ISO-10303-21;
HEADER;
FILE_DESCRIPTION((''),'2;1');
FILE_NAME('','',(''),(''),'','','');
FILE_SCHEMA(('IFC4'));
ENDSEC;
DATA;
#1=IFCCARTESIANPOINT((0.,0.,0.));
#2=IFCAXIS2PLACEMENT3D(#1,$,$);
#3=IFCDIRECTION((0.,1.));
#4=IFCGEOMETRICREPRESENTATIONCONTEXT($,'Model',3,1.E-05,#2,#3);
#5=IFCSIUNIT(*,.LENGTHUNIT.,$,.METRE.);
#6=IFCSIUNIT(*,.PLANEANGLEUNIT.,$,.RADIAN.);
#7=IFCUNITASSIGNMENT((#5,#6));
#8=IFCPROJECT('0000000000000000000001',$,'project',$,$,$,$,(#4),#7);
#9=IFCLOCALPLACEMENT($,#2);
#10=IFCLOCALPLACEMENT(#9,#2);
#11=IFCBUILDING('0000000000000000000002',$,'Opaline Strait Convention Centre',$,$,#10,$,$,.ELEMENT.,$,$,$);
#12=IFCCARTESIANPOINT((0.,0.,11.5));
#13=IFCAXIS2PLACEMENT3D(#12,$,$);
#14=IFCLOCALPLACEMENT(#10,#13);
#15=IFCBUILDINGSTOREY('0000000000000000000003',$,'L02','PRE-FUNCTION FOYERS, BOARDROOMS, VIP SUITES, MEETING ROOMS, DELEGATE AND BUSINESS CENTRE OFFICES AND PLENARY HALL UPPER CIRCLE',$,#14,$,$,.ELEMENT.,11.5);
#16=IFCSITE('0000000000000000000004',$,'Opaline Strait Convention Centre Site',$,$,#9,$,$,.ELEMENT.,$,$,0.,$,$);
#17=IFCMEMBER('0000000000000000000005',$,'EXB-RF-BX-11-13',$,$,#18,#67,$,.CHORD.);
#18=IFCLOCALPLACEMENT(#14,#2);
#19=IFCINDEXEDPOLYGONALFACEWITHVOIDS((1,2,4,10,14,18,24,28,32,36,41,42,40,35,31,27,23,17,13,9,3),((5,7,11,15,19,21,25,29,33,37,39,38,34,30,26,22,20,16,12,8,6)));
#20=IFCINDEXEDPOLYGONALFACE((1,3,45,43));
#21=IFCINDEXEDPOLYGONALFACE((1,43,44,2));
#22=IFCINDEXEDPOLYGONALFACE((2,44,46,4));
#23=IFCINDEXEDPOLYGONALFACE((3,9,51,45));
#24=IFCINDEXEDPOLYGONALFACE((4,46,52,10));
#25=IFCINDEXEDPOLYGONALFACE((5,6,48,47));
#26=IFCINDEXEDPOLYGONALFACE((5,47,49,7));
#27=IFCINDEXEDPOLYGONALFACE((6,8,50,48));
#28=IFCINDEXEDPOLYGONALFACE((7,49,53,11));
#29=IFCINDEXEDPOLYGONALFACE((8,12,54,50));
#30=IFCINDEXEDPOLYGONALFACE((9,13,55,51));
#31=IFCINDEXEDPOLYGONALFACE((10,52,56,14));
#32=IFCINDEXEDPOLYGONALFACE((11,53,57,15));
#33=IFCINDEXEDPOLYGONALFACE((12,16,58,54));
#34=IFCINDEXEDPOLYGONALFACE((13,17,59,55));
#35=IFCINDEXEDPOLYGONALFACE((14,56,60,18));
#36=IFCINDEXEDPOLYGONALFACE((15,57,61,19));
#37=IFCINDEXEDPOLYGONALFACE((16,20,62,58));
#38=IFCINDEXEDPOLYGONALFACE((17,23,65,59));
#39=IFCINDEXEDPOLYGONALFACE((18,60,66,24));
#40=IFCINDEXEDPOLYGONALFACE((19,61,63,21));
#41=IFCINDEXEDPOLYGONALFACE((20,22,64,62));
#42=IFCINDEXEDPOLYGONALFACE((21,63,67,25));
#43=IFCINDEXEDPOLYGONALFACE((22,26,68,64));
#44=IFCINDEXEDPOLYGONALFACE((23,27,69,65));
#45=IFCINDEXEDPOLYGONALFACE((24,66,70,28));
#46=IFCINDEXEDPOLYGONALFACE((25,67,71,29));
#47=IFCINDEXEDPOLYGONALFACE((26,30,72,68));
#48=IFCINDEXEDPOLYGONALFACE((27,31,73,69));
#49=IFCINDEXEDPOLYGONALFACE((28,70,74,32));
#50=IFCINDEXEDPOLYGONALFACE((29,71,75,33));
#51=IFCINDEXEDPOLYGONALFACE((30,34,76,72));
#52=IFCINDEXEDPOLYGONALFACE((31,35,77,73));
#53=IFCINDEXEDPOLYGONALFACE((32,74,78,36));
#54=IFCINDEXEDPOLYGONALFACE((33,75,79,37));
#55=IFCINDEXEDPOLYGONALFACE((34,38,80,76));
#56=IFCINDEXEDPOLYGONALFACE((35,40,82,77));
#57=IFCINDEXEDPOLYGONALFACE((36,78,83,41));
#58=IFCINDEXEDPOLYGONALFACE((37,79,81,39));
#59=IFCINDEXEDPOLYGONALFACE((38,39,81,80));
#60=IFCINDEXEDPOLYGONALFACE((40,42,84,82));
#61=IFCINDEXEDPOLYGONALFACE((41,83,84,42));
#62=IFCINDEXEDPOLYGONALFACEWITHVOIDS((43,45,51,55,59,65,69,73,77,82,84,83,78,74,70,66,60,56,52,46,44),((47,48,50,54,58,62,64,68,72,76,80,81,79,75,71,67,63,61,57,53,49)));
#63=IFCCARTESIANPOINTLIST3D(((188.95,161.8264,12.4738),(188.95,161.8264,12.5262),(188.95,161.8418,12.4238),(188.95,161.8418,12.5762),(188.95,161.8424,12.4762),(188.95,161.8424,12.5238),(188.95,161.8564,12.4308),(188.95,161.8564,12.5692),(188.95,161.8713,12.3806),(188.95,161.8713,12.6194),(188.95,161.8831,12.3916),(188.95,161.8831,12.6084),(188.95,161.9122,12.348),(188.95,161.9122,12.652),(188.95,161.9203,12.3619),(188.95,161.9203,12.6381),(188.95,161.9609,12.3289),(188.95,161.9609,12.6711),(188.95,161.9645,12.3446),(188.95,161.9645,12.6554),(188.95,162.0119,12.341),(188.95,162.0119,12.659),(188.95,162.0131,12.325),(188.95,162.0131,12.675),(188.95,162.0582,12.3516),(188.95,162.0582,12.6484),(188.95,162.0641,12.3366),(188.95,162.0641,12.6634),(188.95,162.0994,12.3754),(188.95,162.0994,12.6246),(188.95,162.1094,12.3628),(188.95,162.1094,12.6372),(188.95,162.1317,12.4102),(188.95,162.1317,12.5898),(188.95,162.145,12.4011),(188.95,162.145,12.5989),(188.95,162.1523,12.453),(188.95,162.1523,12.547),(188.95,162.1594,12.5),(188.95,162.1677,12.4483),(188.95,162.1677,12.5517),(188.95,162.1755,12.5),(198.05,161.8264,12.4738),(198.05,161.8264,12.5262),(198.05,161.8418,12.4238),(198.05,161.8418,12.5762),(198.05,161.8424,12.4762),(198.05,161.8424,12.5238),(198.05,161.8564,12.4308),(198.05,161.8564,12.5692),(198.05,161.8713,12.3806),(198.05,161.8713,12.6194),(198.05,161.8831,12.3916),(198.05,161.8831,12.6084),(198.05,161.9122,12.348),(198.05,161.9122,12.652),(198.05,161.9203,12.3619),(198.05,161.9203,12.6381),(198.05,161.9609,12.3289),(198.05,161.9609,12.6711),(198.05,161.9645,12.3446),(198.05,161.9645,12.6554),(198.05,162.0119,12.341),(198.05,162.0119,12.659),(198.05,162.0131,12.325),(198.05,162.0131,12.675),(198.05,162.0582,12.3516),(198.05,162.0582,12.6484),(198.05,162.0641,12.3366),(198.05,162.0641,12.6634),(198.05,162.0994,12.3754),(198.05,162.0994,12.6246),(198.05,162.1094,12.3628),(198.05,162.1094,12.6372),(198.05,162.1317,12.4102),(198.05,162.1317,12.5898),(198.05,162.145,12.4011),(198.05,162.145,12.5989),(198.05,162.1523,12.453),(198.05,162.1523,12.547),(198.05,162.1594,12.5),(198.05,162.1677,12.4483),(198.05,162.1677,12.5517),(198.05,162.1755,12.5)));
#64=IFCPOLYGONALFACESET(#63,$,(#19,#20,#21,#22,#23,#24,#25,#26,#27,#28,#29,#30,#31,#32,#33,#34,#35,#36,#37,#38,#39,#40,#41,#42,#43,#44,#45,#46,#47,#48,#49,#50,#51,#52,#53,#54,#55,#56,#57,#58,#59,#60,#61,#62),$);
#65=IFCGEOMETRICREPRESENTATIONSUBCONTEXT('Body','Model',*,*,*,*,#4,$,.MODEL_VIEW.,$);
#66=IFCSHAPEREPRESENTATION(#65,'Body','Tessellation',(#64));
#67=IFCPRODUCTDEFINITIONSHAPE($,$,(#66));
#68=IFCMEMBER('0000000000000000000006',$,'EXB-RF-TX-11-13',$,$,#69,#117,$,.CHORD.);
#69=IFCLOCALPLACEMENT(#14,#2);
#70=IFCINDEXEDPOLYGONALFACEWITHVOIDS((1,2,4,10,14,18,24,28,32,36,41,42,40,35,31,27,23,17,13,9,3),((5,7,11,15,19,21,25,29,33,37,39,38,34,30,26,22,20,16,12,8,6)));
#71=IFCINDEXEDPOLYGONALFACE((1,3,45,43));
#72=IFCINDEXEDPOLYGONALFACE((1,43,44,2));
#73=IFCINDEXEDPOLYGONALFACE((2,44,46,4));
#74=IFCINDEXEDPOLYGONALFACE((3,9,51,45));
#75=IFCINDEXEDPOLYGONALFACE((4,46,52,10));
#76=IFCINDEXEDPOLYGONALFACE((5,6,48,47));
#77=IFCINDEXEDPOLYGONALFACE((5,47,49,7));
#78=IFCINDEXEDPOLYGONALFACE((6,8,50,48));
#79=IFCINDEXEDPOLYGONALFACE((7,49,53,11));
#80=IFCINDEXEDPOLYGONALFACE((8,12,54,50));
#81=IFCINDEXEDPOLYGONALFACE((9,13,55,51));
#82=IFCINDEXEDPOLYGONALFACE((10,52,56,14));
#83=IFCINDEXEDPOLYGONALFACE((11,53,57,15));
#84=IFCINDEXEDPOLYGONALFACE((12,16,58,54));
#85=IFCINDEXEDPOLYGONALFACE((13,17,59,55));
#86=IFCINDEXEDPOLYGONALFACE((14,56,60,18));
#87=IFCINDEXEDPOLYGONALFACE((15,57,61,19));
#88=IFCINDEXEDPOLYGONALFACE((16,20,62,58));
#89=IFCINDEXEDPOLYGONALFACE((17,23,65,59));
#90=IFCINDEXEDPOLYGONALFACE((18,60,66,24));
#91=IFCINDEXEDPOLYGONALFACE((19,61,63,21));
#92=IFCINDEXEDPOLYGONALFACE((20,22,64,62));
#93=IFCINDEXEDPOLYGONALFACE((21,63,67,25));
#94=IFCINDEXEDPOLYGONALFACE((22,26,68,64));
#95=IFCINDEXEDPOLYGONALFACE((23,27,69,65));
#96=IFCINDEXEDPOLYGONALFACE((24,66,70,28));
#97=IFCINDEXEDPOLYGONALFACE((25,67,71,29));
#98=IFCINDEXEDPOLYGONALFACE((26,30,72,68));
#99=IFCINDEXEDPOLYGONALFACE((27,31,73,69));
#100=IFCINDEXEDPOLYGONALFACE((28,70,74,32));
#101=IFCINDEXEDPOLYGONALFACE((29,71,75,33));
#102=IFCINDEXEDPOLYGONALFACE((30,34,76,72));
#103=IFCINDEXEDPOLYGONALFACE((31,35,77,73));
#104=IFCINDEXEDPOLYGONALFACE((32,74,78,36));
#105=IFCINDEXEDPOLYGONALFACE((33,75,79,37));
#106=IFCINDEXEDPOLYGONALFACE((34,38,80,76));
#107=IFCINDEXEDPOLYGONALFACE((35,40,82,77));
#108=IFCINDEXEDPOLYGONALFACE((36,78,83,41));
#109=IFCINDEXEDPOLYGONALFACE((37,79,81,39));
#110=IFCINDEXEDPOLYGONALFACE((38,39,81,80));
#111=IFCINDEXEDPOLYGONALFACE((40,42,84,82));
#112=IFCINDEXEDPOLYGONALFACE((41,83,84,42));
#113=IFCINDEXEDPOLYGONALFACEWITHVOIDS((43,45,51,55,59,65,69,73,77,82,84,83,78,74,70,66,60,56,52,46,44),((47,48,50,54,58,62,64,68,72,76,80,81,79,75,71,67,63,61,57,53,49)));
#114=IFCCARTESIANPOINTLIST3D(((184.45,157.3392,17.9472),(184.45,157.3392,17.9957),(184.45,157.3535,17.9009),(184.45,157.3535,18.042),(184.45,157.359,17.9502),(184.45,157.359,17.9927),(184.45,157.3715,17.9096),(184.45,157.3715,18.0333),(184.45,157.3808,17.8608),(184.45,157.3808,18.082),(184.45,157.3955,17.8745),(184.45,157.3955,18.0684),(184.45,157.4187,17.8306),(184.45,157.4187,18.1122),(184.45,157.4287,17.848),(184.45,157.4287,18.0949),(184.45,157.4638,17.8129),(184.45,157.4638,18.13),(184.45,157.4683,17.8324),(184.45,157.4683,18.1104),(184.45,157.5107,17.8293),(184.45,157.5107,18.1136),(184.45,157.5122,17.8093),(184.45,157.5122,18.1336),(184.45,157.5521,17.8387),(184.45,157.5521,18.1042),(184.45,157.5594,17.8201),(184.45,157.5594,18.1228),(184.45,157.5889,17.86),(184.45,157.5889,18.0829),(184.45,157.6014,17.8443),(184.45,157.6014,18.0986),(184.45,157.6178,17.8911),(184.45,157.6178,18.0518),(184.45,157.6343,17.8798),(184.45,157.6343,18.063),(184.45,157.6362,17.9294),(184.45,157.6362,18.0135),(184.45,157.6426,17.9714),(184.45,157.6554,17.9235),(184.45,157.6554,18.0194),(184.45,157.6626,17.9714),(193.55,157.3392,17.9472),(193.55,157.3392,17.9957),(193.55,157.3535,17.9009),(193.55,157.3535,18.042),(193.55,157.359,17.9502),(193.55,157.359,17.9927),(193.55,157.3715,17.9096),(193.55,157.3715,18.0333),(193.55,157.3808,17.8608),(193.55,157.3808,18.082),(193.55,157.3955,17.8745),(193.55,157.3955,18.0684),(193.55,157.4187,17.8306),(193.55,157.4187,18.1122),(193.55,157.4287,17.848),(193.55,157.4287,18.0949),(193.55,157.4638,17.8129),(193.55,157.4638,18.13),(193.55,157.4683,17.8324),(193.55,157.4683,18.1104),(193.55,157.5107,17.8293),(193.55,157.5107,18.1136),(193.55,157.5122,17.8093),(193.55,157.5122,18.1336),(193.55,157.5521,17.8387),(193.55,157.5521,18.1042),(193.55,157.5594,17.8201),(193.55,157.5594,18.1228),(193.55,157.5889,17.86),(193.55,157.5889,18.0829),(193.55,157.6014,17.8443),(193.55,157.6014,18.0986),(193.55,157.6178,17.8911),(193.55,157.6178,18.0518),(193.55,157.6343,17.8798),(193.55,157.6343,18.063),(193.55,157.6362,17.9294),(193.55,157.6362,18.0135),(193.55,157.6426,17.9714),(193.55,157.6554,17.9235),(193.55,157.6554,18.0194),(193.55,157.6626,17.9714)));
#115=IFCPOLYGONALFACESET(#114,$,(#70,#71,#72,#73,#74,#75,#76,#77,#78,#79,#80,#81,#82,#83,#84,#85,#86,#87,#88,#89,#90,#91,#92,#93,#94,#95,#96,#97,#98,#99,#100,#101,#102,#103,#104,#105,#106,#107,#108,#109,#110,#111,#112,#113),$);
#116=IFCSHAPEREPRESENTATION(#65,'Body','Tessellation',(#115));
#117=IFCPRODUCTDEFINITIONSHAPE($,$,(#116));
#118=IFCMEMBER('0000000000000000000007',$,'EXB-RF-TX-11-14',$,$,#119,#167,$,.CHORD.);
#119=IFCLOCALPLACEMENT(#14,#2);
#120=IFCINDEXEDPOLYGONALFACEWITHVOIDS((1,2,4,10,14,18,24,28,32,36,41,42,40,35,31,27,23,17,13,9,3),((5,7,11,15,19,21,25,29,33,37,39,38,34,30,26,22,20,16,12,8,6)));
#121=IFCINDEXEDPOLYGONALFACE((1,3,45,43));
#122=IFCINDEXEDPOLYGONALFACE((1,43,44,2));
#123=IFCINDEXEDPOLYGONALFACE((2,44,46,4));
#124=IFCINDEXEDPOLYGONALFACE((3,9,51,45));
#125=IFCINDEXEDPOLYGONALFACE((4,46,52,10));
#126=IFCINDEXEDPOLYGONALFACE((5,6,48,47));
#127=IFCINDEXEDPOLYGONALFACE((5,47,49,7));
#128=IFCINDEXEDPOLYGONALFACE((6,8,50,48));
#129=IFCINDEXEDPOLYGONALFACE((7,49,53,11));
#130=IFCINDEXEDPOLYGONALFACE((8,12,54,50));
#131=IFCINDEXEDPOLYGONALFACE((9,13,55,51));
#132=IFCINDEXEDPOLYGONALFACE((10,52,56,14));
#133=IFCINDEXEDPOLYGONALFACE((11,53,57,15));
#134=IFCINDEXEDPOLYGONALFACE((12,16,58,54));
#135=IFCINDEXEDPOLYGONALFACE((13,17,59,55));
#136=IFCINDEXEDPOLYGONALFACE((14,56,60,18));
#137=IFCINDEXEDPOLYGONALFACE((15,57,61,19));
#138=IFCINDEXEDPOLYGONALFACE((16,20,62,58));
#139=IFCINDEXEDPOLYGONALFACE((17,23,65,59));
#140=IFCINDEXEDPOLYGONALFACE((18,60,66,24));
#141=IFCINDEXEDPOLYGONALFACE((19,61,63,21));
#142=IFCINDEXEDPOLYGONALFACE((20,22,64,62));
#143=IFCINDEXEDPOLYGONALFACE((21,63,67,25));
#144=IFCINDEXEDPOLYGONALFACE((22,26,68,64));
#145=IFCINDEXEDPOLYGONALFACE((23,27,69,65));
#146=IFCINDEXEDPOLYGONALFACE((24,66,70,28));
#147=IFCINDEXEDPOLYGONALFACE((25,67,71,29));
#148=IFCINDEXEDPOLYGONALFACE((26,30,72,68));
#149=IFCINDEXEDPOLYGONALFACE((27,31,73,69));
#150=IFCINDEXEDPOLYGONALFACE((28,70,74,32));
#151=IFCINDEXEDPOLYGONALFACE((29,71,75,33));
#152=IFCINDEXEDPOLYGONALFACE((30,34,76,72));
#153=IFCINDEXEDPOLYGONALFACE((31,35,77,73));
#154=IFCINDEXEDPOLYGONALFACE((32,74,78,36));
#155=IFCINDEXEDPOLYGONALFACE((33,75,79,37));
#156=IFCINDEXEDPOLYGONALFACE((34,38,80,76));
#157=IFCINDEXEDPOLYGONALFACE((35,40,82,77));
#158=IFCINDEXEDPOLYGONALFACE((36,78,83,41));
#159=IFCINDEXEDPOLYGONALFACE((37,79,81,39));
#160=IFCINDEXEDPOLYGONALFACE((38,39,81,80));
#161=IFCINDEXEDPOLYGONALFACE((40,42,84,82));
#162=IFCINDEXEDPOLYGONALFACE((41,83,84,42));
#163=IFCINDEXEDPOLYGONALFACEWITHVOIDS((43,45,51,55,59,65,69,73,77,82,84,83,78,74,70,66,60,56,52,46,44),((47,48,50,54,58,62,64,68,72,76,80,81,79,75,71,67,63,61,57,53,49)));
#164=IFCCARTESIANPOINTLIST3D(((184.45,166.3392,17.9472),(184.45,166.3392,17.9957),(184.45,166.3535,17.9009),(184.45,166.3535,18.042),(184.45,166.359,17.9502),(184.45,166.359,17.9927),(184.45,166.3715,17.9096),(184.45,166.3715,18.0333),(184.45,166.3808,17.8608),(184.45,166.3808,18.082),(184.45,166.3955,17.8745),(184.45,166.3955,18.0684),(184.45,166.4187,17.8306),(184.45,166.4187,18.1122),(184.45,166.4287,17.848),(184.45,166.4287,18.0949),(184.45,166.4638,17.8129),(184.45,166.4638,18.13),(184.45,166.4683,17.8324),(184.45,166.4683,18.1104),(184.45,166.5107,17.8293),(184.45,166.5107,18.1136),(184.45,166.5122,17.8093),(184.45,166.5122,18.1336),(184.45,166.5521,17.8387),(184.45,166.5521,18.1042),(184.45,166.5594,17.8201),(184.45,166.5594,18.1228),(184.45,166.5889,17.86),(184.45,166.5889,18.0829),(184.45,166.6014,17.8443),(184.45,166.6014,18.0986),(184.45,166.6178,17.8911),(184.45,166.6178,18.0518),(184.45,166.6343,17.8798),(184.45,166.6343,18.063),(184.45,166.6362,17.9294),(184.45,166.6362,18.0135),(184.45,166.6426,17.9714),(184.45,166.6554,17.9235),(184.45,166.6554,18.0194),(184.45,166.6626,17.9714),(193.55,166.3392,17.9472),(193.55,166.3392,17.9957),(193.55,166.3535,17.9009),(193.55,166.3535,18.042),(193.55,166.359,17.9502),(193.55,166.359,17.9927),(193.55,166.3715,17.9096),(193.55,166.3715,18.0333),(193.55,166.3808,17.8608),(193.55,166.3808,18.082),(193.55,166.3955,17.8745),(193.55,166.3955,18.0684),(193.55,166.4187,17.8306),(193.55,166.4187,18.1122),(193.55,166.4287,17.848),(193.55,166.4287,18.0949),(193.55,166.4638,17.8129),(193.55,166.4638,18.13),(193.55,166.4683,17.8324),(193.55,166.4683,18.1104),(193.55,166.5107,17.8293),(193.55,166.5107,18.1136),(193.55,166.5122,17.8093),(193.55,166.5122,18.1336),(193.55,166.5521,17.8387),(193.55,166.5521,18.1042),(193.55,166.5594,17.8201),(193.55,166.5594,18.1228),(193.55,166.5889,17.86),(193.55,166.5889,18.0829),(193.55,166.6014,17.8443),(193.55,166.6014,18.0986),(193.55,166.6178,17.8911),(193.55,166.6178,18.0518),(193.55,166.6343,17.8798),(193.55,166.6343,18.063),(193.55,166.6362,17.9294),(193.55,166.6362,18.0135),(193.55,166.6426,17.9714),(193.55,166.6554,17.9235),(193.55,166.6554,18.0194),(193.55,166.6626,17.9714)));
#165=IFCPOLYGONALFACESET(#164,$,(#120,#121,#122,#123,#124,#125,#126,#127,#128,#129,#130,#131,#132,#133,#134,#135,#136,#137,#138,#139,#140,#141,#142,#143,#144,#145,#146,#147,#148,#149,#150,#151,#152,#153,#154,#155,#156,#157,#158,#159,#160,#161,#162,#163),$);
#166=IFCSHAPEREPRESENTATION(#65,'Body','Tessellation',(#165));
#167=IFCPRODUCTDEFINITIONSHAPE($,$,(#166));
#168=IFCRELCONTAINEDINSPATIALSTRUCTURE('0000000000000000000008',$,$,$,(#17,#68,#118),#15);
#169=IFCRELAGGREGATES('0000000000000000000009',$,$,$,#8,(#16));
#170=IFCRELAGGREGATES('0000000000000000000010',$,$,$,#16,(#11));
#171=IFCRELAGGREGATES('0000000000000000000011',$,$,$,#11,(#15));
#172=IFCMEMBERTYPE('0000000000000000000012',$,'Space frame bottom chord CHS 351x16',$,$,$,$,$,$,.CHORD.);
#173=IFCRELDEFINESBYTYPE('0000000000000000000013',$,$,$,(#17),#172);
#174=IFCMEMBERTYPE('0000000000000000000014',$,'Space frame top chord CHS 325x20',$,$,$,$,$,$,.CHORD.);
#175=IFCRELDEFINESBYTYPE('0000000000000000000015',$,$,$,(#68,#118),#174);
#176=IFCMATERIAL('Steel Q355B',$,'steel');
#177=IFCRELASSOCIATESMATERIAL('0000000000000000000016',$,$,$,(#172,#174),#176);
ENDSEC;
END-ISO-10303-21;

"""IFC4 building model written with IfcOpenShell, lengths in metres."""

from ifc_helpers import new_model, si_unit, direction, frame, origin, origin_2d, place, context, subcontext, project, spatial, hollow_circle, extrude, material, material_profile, profile_set, type_object, element, save


model = new_model("IFC4")

# Units and contexts
model_context = context("Model", 3, precision=1e-05, world=origin(), true_north=direction((0.0, 1.0)))
body_context = subcontext(model_context, "Body", "Model", "MODEL_VIEW")
ifc_project = project(units=[si_unit("LENGTHUNIT", "METRE"), si_unit("PLANEANGLEUNIT", "RADIAN")], contexts=[model_context])

# Site, building, storey
site_placement = place(None, origin())
site = spatial("IfcSite", under=ifc_project, at=site_placement, Name="Opaline Strait Convention Centre Site", CompositionType="ELEMENT", RefElevation=0.0)
building_placement = place(site_placement, origin())
building = spatial("IfcBuilding", under=site, at=building_placement, Name="Opaline Strait Convention Centre", CompositionType="ELEMENT")
storey_placement = place(building_placement, frame((0.0, 0.0, 11.5)))
storey = spatial("IfcBuildingStorey", under=building, at=storey_placement, Name="L02", Description="PRE-FUNCTION FOYERS, BOARDROOMS, VIP SUITES, MEETING ROOMS, DELEGATE AND BUSINESS CENTRE OFFICES AND PLENARY HALL UPPER CIRCLE", CompositionType="ELEMENT", Elevation=11.5)

# Members
ifc_material_1 = material(Name="Steel Q355B", Category="steel")
ifc_material_profile_1 = material_profile(ifc_material_1, hollow_circle(Radius=0.1755, WallThickness=0.0161, at=origin_2d()), Name="CHS 351x16")
ifc_profile_set_1 = profile_set([ifc_material_profile_1], Name="Steel Q355B")
member_type_1 = type_object("IfcMemberType", Name="Space frame bottom chord CHS 351x16", PredefinedType="CHORD", material=ifc_profile_set_1)
for number, where, z_axis, x_axis, name in (
    (1, (188.95, 162.0, 12.5), (1.0, 0.0, 0.0), (0.0, 1.0, 0.0), "EXB-RF-BX-11-13"),
):
    element("IfcMember", number, at=place(storey_placement, frame(where, z_axis=z_axis, x_axis=x_axis)), inside=storey, type_object=member_type_1, Name=name, PredefinedType="CHORD", context=body_context, shape_type="SweptSolid", body=[
        extrude(hollow_circle(Radius=0.1755, WallThickness=0.0161, at=origin_2d()), origin(), (0.0, 0.0, 1.0), 9.1001),
    ])
ifc_material_profile_2 = material_profile(ifc_material_1, hollow_circle(Radius=0.1626, WallThickness=0.02, at=origin_2d()), Name="CHS 325x20")
ifc_profile_set_2 = profile_set([ifc_material_profile_2], Name="Steel Q355B")
member_type_2 = type_object("IfcMemberType", Name="Space frame top chord CHS 325x20", PredefinedType="CHORD", material=ifc_profile_set_2)
for number, where, z_axis, x_axis, name in (
    (2, (184.45, 157.5, 17.9714), (1.0, 0.0, 0.0), (0.0, 1.0, 0.0), "EXB-RF-TX-11-13"),
    (3, (184.45, 166.5, 17.9714), (1.0, 0.0, 0.0), (0.0, 1.0, 0.0), "EXB-RF-TX-11-14"),
):
    element("IfcMember", number, at=place(storey_placement, frame(where, z_axis=z_axis, x_axis=x_axis)), inside=storey, type_object=member_type_2, Name=name, PredefinedType="CHORD", context=body_context, shape_type="SweptSolid", body=[
        extrude(hollow_circle(Radius=0.1626, WallThickness=0.02, at=origin_2d()), origin(), (0.0, 0.0, 1.0), 9.1001),
    ])

save(model, "model.ifc")
